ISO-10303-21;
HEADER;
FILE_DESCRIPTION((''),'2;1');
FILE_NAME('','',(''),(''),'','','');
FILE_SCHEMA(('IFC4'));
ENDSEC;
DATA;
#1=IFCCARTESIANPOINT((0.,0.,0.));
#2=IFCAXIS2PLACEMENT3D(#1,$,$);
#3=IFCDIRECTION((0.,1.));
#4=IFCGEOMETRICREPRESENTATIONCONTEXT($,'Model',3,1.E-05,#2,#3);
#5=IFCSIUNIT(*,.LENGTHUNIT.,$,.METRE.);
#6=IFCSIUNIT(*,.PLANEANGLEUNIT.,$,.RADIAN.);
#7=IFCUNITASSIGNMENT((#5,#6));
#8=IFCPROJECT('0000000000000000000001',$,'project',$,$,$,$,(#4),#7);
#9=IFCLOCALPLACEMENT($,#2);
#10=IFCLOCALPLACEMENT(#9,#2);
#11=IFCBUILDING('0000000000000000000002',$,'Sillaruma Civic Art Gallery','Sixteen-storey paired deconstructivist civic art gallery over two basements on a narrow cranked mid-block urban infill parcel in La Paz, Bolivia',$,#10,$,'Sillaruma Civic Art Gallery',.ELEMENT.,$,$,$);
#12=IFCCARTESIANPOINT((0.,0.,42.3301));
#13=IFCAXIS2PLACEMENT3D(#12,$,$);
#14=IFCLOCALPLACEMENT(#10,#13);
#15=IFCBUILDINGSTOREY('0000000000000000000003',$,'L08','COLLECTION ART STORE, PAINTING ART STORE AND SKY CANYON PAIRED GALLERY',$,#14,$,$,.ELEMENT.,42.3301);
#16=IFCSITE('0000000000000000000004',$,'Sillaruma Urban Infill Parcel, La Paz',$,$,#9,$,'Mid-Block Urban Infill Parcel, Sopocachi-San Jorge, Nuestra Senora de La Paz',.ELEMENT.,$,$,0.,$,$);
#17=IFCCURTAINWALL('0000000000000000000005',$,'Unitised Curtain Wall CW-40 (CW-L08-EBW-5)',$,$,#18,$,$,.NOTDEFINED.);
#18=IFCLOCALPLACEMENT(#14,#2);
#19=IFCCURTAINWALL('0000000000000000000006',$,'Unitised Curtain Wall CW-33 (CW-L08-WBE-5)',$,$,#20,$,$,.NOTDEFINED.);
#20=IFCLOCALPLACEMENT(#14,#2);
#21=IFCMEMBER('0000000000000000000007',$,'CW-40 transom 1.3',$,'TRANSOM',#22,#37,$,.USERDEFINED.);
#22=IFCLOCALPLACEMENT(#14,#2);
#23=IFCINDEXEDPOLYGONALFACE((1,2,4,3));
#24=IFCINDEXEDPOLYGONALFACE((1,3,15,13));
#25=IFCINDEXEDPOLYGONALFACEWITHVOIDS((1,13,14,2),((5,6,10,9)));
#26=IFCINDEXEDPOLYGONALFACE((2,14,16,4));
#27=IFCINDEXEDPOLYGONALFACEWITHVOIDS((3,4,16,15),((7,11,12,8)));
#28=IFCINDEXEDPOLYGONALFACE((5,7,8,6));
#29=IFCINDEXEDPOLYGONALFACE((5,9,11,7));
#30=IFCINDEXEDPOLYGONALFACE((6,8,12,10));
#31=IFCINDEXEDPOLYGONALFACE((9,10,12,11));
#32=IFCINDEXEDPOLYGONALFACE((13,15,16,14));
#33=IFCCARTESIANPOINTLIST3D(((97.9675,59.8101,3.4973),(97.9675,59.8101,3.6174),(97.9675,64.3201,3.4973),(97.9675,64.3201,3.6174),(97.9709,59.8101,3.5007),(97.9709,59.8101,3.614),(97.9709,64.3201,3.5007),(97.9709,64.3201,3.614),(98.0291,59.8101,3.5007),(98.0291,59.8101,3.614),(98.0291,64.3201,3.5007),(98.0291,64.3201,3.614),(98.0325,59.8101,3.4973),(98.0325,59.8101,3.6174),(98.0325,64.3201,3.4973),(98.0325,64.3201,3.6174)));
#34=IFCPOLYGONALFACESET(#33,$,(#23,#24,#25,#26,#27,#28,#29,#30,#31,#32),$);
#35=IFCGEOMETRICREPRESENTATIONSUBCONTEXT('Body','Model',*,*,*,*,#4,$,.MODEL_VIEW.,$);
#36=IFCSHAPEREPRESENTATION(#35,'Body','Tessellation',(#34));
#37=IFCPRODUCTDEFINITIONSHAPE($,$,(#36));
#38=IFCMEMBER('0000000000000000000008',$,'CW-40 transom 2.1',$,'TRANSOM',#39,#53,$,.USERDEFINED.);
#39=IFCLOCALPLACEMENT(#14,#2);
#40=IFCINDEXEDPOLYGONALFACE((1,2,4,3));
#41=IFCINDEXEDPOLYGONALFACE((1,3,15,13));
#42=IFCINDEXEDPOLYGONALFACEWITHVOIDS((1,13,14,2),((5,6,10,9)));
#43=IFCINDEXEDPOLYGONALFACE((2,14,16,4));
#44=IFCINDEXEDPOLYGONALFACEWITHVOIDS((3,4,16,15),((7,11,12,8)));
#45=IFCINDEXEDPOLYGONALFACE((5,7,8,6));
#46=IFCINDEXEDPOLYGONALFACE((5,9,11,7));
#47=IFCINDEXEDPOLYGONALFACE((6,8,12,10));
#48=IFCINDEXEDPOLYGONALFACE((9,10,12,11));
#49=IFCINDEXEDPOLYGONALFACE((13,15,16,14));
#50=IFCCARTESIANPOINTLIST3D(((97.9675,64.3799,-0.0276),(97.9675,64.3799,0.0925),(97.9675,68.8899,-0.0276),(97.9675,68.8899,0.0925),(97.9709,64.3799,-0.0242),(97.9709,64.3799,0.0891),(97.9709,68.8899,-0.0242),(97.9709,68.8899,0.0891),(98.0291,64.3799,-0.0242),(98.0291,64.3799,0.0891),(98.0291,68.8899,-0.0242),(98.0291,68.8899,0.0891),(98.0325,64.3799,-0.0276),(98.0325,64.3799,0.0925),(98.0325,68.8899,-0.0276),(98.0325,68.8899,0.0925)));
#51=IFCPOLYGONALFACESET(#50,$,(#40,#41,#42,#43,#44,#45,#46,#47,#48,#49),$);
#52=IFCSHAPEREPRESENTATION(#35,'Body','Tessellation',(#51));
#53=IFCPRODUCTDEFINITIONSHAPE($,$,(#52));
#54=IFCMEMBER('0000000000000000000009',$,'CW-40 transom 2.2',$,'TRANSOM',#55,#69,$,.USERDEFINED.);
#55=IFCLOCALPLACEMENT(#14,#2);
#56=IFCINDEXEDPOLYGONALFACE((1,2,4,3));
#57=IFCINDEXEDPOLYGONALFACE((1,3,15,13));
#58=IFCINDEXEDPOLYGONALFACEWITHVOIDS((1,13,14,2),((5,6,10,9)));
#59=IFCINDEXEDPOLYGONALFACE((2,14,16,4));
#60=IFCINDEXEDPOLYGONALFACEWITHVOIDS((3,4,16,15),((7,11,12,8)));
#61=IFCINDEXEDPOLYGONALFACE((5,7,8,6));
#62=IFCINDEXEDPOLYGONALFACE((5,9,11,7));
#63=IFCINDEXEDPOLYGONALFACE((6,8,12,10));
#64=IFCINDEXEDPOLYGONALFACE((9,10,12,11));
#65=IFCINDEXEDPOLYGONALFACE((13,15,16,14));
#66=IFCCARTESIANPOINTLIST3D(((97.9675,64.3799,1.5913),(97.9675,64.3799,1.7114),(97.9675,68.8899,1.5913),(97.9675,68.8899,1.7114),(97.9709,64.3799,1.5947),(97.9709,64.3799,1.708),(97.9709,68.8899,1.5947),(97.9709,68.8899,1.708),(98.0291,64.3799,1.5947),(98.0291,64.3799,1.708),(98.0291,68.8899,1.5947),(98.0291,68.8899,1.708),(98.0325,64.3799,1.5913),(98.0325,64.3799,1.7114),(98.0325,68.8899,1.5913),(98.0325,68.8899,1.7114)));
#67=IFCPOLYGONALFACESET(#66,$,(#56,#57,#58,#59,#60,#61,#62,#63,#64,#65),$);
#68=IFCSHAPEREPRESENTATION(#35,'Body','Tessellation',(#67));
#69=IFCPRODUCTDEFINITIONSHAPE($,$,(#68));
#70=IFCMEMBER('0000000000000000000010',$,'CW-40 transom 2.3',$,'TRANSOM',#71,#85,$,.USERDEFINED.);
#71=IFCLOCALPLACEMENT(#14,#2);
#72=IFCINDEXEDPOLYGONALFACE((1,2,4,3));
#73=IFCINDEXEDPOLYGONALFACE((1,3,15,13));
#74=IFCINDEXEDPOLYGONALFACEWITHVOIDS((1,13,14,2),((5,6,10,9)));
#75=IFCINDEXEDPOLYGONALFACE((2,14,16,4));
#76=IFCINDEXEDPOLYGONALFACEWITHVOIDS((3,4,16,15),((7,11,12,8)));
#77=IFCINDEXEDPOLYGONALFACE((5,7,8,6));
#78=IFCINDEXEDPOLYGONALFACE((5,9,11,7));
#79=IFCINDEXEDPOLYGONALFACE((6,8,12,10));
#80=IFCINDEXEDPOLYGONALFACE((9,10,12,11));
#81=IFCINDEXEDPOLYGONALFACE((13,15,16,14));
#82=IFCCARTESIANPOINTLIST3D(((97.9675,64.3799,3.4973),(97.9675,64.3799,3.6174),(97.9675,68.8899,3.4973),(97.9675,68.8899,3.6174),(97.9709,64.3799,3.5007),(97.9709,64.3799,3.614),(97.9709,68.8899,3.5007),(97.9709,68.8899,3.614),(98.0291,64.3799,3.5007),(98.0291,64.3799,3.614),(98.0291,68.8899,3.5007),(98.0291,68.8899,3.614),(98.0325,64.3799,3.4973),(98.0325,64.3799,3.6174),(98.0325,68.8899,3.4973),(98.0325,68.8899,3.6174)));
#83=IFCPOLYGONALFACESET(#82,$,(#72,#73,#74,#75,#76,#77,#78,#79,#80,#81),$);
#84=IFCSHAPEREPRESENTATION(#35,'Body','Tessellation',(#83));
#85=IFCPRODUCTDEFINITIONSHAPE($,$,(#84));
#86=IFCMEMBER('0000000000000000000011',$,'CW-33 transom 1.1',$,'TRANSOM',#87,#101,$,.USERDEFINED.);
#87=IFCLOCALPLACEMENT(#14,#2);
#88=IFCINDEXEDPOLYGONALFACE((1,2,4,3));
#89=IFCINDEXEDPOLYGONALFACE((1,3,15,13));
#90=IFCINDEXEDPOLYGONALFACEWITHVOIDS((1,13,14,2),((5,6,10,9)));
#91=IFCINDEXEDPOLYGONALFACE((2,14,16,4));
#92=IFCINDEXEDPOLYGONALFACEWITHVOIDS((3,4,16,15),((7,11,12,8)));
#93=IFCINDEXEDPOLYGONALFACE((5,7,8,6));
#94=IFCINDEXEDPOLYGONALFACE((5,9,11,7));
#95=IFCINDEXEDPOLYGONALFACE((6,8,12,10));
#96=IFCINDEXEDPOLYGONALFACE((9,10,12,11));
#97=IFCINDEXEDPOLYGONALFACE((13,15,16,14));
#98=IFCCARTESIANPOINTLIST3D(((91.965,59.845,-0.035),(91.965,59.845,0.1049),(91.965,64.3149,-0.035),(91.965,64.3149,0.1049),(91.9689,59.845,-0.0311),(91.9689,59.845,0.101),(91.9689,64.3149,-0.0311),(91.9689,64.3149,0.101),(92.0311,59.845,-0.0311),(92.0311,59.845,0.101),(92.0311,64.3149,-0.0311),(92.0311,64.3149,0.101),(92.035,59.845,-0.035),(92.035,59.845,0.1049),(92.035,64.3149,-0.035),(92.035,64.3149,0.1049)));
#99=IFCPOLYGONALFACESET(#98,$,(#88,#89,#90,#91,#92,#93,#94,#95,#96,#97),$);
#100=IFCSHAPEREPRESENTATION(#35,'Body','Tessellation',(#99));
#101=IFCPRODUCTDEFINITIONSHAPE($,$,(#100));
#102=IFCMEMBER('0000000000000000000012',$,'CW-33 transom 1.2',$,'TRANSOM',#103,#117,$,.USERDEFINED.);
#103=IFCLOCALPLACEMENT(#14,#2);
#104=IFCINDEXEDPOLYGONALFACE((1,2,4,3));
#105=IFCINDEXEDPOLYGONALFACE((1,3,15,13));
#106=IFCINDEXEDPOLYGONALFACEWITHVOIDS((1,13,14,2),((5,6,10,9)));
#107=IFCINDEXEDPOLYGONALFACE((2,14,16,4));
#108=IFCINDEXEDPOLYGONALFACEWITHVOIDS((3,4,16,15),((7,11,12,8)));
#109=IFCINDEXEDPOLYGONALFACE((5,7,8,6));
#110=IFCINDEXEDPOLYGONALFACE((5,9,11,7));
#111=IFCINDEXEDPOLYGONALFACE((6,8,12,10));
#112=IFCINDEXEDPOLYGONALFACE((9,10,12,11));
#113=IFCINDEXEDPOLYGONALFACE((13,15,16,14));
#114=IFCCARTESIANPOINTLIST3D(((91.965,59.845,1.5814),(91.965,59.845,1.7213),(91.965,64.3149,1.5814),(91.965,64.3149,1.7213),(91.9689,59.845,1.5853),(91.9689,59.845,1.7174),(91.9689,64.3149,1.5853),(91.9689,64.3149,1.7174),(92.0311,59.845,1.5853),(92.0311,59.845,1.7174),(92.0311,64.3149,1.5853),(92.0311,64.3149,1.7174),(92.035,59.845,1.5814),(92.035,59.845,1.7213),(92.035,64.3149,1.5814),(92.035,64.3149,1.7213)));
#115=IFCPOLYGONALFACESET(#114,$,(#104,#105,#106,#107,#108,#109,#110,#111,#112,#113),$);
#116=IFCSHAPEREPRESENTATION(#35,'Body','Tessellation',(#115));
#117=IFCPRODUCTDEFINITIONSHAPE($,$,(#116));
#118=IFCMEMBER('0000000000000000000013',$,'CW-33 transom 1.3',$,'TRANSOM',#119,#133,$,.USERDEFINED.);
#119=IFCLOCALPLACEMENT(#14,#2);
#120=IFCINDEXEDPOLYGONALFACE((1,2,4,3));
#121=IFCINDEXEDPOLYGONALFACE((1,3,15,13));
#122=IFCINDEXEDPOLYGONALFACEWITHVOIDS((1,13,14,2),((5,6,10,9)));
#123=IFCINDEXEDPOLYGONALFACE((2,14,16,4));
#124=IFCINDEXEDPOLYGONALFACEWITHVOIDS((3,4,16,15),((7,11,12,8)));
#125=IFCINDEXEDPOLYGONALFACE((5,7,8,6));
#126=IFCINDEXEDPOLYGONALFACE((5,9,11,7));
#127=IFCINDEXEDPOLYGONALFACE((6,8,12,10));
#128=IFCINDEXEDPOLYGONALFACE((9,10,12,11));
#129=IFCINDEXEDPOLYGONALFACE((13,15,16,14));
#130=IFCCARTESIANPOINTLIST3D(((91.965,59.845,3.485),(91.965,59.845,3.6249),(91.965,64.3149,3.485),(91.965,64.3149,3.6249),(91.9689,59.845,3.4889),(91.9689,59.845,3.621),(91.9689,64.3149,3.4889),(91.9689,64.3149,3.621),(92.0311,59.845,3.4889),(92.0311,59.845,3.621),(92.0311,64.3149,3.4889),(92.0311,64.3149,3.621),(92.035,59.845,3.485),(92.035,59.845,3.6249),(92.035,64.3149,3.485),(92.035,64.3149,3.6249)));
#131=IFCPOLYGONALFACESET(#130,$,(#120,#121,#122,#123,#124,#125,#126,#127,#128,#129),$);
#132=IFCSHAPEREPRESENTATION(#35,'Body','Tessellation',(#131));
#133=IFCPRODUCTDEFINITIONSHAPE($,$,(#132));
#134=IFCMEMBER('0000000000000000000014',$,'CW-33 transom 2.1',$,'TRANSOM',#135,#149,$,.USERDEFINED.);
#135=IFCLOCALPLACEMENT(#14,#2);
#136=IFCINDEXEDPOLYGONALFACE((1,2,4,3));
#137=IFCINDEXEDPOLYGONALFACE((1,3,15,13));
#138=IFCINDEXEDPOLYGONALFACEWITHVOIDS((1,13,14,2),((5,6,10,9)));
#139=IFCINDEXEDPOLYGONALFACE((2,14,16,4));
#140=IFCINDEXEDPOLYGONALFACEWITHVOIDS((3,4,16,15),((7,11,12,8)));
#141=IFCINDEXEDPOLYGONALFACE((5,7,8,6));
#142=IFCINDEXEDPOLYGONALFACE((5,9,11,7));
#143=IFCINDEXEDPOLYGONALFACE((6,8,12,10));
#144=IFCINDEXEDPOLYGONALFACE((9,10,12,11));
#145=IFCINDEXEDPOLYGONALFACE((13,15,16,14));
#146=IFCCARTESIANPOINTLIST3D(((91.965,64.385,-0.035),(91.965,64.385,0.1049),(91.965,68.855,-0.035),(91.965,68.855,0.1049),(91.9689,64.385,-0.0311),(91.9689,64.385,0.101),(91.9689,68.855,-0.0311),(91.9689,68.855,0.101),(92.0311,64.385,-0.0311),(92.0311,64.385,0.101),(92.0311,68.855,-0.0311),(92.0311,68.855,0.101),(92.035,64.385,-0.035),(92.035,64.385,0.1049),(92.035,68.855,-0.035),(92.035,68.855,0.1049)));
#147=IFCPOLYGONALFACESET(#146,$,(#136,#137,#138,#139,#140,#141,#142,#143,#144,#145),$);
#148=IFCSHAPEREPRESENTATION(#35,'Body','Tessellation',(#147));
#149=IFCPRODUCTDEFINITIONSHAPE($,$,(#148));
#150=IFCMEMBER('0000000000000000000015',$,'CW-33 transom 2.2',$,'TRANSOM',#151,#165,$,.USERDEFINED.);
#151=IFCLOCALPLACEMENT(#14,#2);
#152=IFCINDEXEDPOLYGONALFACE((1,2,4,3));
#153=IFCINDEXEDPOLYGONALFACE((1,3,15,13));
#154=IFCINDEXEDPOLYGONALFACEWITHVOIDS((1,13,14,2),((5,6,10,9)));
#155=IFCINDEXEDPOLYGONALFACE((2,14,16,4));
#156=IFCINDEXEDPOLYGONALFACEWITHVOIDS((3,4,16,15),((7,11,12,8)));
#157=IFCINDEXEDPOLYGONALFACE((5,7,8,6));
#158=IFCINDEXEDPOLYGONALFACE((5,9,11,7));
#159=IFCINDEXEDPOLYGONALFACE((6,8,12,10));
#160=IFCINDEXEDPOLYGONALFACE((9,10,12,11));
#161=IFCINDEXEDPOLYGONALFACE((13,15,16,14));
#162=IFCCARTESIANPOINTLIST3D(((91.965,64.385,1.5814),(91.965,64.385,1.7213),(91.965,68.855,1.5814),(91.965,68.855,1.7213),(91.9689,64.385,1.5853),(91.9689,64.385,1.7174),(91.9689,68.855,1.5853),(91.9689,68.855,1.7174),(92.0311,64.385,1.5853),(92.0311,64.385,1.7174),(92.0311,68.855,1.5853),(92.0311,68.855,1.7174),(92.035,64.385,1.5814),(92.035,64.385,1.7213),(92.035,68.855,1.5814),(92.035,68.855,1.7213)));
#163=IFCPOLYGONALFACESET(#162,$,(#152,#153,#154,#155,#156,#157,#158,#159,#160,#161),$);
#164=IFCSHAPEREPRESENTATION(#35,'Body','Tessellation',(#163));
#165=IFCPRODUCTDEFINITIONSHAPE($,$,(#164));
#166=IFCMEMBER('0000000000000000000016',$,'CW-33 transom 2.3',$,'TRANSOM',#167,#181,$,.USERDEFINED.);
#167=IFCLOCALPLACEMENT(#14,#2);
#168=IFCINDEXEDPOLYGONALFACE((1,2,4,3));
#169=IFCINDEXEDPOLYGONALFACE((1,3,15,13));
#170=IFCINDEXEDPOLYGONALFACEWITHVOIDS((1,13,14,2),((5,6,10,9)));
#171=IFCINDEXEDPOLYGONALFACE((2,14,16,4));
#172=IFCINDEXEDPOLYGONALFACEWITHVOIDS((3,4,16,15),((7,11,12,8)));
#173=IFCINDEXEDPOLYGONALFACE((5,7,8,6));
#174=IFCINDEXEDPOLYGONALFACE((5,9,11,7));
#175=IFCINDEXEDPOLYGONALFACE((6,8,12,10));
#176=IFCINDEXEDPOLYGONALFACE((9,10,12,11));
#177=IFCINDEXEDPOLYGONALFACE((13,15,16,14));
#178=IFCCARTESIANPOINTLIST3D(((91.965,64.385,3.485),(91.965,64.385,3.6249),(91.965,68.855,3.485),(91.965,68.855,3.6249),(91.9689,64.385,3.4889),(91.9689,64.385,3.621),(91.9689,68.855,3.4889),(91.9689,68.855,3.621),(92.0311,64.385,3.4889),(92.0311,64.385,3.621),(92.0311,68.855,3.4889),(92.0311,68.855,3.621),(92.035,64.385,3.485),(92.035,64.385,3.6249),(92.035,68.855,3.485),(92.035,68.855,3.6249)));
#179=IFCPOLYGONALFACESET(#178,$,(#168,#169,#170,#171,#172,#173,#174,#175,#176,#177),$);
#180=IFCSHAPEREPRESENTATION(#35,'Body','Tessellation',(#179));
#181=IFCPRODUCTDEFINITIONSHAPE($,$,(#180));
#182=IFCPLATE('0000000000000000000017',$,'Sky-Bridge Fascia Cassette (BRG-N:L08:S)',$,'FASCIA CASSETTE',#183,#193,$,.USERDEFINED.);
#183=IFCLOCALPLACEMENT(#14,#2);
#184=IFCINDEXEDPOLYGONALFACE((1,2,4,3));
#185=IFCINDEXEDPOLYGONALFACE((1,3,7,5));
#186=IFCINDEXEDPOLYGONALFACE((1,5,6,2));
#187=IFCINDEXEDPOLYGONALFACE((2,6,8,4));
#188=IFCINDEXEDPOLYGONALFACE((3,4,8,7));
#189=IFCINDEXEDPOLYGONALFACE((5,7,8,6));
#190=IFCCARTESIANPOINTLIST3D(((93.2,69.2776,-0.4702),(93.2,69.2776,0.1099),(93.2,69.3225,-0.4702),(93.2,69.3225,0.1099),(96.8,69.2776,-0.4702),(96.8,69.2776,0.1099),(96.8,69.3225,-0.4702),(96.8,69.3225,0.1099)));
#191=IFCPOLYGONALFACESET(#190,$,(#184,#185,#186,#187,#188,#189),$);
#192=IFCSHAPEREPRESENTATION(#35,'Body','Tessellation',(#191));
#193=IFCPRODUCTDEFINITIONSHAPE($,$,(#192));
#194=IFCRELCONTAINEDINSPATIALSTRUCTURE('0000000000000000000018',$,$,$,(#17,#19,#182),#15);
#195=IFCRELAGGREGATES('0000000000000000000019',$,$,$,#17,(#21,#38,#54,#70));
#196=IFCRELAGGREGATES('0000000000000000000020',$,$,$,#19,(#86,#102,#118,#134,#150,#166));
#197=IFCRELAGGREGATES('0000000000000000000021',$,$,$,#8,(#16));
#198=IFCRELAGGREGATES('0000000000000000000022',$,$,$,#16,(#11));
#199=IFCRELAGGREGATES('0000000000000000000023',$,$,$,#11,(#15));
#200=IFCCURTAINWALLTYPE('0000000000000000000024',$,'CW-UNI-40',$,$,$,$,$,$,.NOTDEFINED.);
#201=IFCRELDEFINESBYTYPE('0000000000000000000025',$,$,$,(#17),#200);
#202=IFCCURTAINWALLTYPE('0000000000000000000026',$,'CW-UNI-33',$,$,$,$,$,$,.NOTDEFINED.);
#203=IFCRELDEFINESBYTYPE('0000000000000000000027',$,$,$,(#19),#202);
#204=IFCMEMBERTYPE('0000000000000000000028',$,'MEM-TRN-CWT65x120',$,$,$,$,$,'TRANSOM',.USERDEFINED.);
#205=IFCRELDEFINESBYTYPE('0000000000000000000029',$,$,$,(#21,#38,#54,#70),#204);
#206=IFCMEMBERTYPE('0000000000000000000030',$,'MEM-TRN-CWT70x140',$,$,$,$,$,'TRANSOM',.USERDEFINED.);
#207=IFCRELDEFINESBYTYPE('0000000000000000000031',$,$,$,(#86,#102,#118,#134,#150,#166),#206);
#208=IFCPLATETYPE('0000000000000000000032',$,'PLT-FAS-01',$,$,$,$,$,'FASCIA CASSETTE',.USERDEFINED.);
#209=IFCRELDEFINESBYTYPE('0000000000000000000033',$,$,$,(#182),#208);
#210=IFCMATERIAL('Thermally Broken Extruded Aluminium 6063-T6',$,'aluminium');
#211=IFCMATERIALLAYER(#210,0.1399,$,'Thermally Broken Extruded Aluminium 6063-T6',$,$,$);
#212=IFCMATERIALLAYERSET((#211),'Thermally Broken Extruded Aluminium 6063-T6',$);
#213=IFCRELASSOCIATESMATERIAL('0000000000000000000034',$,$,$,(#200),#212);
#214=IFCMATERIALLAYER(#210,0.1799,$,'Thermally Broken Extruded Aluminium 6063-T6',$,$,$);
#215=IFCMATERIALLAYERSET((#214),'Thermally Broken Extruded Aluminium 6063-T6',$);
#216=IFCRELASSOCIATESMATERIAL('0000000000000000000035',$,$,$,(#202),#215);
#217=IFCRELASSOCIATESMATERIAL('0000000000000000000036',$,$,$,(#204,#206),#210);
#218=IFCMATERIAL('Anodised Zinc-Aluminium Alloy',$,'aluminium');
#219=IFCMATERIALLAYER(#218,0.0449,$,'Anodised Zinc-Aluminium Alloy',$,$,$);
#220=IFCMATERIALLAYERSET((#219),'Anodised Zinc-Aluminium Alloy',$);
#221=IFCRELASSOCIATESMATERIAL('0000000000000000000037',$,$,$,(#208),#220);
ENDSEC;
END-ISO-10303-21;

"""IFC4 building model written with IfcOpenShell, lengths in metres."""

from ifc_helpers import new_model, si_unit, direction, frame, origin, origin_2d, place, context, subcontext, project, spatial, rectangle, hollow_rectangle, extrude, material, layer, layer_set, material_profile, profile_set, type_object, element, aggregate, save


model = new_model("IFC4")

# Units and contexts
model_context = context("Model", 3, precision=1e-05, world=origin(), true_north=direction((0.0, 1.0)))
body_context = subcontext(model_context, "Body", "Model", "MODEL_VIEW")
ifc_project = project(units=[si_unit("LENGTHUNIT", "METRE"), si_unit("PLANEANGLEUNIT", "RADIAN")], contexts=[model_context])

# Site, building, storey
site_placement = place(None, origin())
site = spatial("IfcSite", under=ifc_project, at=site_placement, Name="Sillaruma Urban Infill Parcel, La Paz", LongName="Mid-Block Urban Infill Parcel, Sopocachi-San Jorge, Nuestra Senora de La Paz", CompositionType="ELEMENT", RefElevation=0.0)
building_placement = place(site_placement, origin())
building = spatial("IfcBuilding", under=site, at=building_placement, Name="Sillaruma Civic Art Gallery", Description="Sixteen-storey paired deconstructivist civic art gallery over two basements on a narrow cranked mid-block urban infill parcel in La Paz, Bolivia", LongName="Sillaruma Civic Art Gallery", CompositionType="ELEMENT")
storey_placement = place(building_placement, frame((0.0, 0.0, 42.3301)))
storey = spatial("IfcBuildingStorey", under=building, at=storey_placement, Name="L08", Description="COLLECTION ART STORE, PAINTING ART STORE AND SKY CANYON PAIRED GALLERY", CompositionType="ELEMENT", Elevation=42.3301)

# Curtain walls
ifc_material_1 = material(Name="Thermally Broken Extruded Aluminium 6063-T6", Category="aluminium")
ifc_layer_1 = layer(ifc_material_1, 0.1399, Name="Thermally Broken Extruded Aluminium 6063-T6")
ifc_layer_set_1 = layer_set([ifc_layer_1], Name="Thermally Broken Extruded Aluminium 6063-T6")
curtain_wall_type_1 = type_object("IfcCurtainWallType", Name="CW-UNI-40", PredefinedType="NOTDEFINED", material=ifc_layer_set_1)
curtain_wall_1_placement = place(storey_placement, origin())
curtain_wall_1 = element("IfcCurtainWall", 1, at=curtain_wall_1_placement, inside=storey, type_object=curtain_wall_type_1, Name="Unitised Curtain Wall CW-40 (CW-L08-EBW-5)", PredefinedType="NOTDEFINED")
ifc_layer_2 = layer(ifc_material_1, 0.1799, Name="Thermally Broken Extruded Aluminium 6063-T6")
ifc_layer_set_2 = layer_set([ifc_layer_2], Name="Thermally Broken Extruded Aluminium 6063-T6")
curtain_wall_type_2 = type_object("IfcCurtainWallType", Name="CW-UNI-33", PredefinedType="NOTDEFINED", material=ifc_layer_set_2)
curtain_wall_2_placement = place(storey_placement, origin())
curtain_wall_2 = element("IfcCurtainWall", 2, at=curtain_wall_2_placement, inside=storey, type_object=curtain_wall_type_2, Name="Unitised Curtain Wall CW-33 (CW-L08-WBE-5)", PredefinedType="NOTDEFINED")

# Members
ifc_material_profile_1 = material_profile(ifc_material_1, hollow_rectangle(XDim=0.0649, YDim=0.1201, WallThickness=0.0034, at=origin_2d()), Name="CWT65x120")
ifc_profile_set_1 = profile_set([ifc_material_profile_1], Name="Thermally Broken Extruded Aluminium 6063-T6")
member_type_1 = type_object("IfcMemberType", Name="MEM-TRN-CWT65x120", ElementType="TRANSOM", PredefinedType="USERDEFINED", material=ifc_profile_set_1)
member_1_placement = place(storey_placement, frame((98.0, 59.8101, 3.5574), z_axis=(0.0, 1.0, 0.0), x_axis=(-1.0, 0.0, 0.0)))
member_1 = element("IfcMember", 3, at=member_1_placement, type_object=member_type_1, Name="CW-40 transom 1.3", ObjectType="TRANSOM", PredefinedType="USERDEFINED", context=body_context, shape_type="SweptSolid", body=[
    extrude(hollow_rectangle(XDim=0.0649, YDim=0.1201, WallThickness=0.0034, at=origin_2d()), origin(), (0.0, 0.0, 1.0), 4.51),
])
member_2_placement = place(storey_placement, frame((98.0, 64.3799, 0.0325), z_axis=(0.0, 1.0, 0.0), x_axis=(-1.0, 0.0, 0.0)))
member_2 = element("IfcMember", 4, at=member_2_placement, type_object=member_type_1, Name="CW-40 transom 2.1", ObjectType="TRANSOM", PredefinedType="USERDEFINED", context=body_context, shape_type="SweptSolid", body=[
    extrude(hollow_rectangle(XDim=0.0649, YDim=0.1201, WallThickness=0.0034, at=origin_2d()), origin(), (0.0, 0.0, 1.0), 4.51),
])
member_3_placement = place(storey_placement, frame((98.0, 64.3799, 1.6514), z_axis=(0.0, 1.0, 0.0), x_axis=(-1.0, 0.0, 0.0)))
member_3 = element("IfcMember", 5, at=member_3_placement, type_object=member_type_1, Name="CW-40 transom 2.2", ObjectType="TRANSOM", PredefinedType="USERDEFINED", context=body_context, shape_type="SweptSolid", body=[
    extrude(hollow_rectangle(XDim=0.0649, YDim=0.1201, WallThickness=0.0034, at=origin_2d()), origin(), (0.0, 0.0, 1.0), 4.51),
])
member_4_placement = place(storey_placement, frame((98.0, 64.3799, 3.5574), z_axis=(0.0, 1.0, 0.0), x_axis=(-1.0, 0.0, 0.0)))
member_4 = element("IfcMember", 6, at=member_4_placement, type_object=member_type_1, Name="CW-40 transom 2.3", ObjectType="TRANSOM", PredefinedType="USERDEFINED", context=body_context, shape_type="SweptSolid", body=[
    extrude(hollow_rectangle(XDim=0.0649, YDim=0.1201, WallThickness=0.0034, at=origin_2d()), origin(), (0.0, 0.0, 1.0), 4.51),
])
ifc_material_profile_2 = material_profile(ifc_material_1, hollow_rectangle(XDim=0.0701, YDim=0.1399, WallThickness=0.0039, at=origin_2d()), Name="CWT70x140")
ifc_profile_set_2 = profile_set([ifc_material_profile_2], Name="Thermally Broken Extruded Aluminium 6063-T6")
member_type_2 = type_object("IfcMemberType", Name="MEM-TRN-CWT70x140", ElementType="TRANSOM", PredefinedType="USERDEFINED", material=ifc_profile_set_2)
member_5_placement = place(storey_placement, frame((92.0, 59.845, 0.0349), z_axis=(0.0, 1.0, 0.0), x_axis=(-1.0, 0.0, 0.0)))
member_5 = element("IfcMember", 7, at=member_5_placement, type_object=member_type_2, Name="CW-33 transom 1.1", ObjectType="TRANSOM", PredefinedType="USERDEFINED", context=body_context, shape_type="SweptSolid", body=[
    extrude(hollow_rectangle(XDim=0.0701, YDim=0.1399, WallThickness=0.0039, at=origin_2d()), origin(), (0.0, 0.0, 1.0), 4.47),
])
member_6_placement = place(storey_placement, frame((92.0, 59.845, 1.6514), z_axis=(0.0, 1.0, 0.0), x_axis=(-1.0, 0.0, 0.0)))
member_6 = element("IfcMember", 8, at=member_6_placement, type_object=member_type_2, Name="CW-33 transom 1.2", ObjectType="TRANSOM", PredefinedType="USERDEFINED", context=body_context, shape_type="SweptSolid", body=[
    extrude(hollow_rectangle(XDim=0.0701, YDim=0.1399, WallThickness=0.0039, at=origin_2d()), origin(), (0.0, 0.0, 1.0), 4.47),
])
member_7_placement = place(storey_placement, frame((92.0, 59.845, 3.5549), z_axis=(0.0, 1.0, 0.0), x_axis=(-1.0, 0.0, 0.0)))
member_7 = element("IfcMember", 9, at=member_7_placement, type_object=member_type_2, Name="CW-33 transom 1.3", ObjectType="TRANSOM", PredefinedType="USERDEFINED", context=body_context, shape_type="SweptSolid", body=[
    extrude(hollow_rectangle(XDim=0.0701, YDim=0.1399, WallThickness=0.0039, at=origin_2d()), origin(), (0.0, 0.0, 1.0), 4.47),
])
member_8_placement = place(storey_placement, frame((92.0, 64.385, 0.0349), z_axis=(0.0, 1.0, 0.0), x_axis=(-1.0, 0.0, 0.0)))
member_8 = element("IfcMember", 10, at=member_8_placement, type_object=member_type_2, Name="CW-33 transom 2.1", ObjectType="TRANSOM", PredefinedType="USERDEFINED", context=body_context, shape_type="SweptSolid", body=[
    extrude(hollow_rectangle(XDim=0.0701, YDim=0.1399, WallThickness=0.0039, at=origin_2d()), origin(), (0.0, 0.0, 1.0), 4.47),
])
member_9_placement = place(storey_placement, frame((92.0, 64.385, 1.6514), z_axis=(0.0, 1.0, 0.0), x_axis=(-1.0, 0.0, 0.0)))
member_9 = element("IfcMember", 11, at=member_9_placement, type_object=member_type_2, Name="CW-33 transom 2.2", ObjectType="TRANSOM", PredefinedType="USERDEFINED", context=body_context, shape_type="SweptSolid", body=[
    extrude(hollow_rectangle(XDim=0.0701, YDim=0.1399, WallThickness=0.0039, at=origin_2d()), origin(), (0.0, 0.0, 1.0), 4.47),
])
member_10_placement = place(storey_placement, frame((92.0, 64.385, 3.5549), z_axis=(0.0, 1.0, 0.0), x_axis=(-1.0, 0.0, 0.0)))
member_10 = element("IfcMember", 12, at=member_10_placement, type_object=member_type_2, Name="CW-33 transom 2.3", ObjectType="TRANSOM", PredefinedType="USERDEFINED", context=body_context, shape_type="SweptSolid", body=[
    extrude(hollow_rectangle(XDim=0.0701, YDim=0.1399, WallThickness=0.0039, at=origin_2d()), origin(), (0.0, 0.0, 1.0), 4.47),
])

# Plate
ifc_material_2 = material(Name="Anodised Zinc-Aluminium Alloy", Category="aluminium")
ifc_layer_3 = layer(ifc_material_2, 0.0449, Name="Anodised Zinc-Aluminium Alloy")
ifc_layer_set_3 = layer_set([ifc_layer_3], Name="Anodised Zinc-Aluminium Alloy")
plate_type_1 = type_object("IfcPlateType", Name="PLT-FAS-01", ElementType="FASCIA CASSETTE", PredefinedType="USERDEFINED", material=ifc_layer_set_3)
plate_1_placement = place(storey_placement, frame((95.0, 69.3, -0.4702), z_axis=(0.0, 0.0, 1.0), x_axis=(1.0, 0.0, 0.0)))
element("IfcPlate", 13, at=plate_1_placement, inside=storey, type_object=plate_type_1, Name="Sky-Bridge Fascia Cassette (BRG-N:L08:S)", ObjectType="FASCIA CASSETTE", PredefinedType="USERDEFINED", context=body_context, shape_type="SweptSolid", body=[
    extrude(rectangle(XDim=3.6001, YDim=0.0449, at=origin_2d()), origin(), (0.0, 0.0, 1.0), 0.5801),
])

aggregate(curtain_wall_1, [member_1, member_2, member_3, member_4])
aggregate(curtain_wall_2, [member_5, member_6, member_7, member_8, member_9, member_10])

save(model, "model.ifc")
